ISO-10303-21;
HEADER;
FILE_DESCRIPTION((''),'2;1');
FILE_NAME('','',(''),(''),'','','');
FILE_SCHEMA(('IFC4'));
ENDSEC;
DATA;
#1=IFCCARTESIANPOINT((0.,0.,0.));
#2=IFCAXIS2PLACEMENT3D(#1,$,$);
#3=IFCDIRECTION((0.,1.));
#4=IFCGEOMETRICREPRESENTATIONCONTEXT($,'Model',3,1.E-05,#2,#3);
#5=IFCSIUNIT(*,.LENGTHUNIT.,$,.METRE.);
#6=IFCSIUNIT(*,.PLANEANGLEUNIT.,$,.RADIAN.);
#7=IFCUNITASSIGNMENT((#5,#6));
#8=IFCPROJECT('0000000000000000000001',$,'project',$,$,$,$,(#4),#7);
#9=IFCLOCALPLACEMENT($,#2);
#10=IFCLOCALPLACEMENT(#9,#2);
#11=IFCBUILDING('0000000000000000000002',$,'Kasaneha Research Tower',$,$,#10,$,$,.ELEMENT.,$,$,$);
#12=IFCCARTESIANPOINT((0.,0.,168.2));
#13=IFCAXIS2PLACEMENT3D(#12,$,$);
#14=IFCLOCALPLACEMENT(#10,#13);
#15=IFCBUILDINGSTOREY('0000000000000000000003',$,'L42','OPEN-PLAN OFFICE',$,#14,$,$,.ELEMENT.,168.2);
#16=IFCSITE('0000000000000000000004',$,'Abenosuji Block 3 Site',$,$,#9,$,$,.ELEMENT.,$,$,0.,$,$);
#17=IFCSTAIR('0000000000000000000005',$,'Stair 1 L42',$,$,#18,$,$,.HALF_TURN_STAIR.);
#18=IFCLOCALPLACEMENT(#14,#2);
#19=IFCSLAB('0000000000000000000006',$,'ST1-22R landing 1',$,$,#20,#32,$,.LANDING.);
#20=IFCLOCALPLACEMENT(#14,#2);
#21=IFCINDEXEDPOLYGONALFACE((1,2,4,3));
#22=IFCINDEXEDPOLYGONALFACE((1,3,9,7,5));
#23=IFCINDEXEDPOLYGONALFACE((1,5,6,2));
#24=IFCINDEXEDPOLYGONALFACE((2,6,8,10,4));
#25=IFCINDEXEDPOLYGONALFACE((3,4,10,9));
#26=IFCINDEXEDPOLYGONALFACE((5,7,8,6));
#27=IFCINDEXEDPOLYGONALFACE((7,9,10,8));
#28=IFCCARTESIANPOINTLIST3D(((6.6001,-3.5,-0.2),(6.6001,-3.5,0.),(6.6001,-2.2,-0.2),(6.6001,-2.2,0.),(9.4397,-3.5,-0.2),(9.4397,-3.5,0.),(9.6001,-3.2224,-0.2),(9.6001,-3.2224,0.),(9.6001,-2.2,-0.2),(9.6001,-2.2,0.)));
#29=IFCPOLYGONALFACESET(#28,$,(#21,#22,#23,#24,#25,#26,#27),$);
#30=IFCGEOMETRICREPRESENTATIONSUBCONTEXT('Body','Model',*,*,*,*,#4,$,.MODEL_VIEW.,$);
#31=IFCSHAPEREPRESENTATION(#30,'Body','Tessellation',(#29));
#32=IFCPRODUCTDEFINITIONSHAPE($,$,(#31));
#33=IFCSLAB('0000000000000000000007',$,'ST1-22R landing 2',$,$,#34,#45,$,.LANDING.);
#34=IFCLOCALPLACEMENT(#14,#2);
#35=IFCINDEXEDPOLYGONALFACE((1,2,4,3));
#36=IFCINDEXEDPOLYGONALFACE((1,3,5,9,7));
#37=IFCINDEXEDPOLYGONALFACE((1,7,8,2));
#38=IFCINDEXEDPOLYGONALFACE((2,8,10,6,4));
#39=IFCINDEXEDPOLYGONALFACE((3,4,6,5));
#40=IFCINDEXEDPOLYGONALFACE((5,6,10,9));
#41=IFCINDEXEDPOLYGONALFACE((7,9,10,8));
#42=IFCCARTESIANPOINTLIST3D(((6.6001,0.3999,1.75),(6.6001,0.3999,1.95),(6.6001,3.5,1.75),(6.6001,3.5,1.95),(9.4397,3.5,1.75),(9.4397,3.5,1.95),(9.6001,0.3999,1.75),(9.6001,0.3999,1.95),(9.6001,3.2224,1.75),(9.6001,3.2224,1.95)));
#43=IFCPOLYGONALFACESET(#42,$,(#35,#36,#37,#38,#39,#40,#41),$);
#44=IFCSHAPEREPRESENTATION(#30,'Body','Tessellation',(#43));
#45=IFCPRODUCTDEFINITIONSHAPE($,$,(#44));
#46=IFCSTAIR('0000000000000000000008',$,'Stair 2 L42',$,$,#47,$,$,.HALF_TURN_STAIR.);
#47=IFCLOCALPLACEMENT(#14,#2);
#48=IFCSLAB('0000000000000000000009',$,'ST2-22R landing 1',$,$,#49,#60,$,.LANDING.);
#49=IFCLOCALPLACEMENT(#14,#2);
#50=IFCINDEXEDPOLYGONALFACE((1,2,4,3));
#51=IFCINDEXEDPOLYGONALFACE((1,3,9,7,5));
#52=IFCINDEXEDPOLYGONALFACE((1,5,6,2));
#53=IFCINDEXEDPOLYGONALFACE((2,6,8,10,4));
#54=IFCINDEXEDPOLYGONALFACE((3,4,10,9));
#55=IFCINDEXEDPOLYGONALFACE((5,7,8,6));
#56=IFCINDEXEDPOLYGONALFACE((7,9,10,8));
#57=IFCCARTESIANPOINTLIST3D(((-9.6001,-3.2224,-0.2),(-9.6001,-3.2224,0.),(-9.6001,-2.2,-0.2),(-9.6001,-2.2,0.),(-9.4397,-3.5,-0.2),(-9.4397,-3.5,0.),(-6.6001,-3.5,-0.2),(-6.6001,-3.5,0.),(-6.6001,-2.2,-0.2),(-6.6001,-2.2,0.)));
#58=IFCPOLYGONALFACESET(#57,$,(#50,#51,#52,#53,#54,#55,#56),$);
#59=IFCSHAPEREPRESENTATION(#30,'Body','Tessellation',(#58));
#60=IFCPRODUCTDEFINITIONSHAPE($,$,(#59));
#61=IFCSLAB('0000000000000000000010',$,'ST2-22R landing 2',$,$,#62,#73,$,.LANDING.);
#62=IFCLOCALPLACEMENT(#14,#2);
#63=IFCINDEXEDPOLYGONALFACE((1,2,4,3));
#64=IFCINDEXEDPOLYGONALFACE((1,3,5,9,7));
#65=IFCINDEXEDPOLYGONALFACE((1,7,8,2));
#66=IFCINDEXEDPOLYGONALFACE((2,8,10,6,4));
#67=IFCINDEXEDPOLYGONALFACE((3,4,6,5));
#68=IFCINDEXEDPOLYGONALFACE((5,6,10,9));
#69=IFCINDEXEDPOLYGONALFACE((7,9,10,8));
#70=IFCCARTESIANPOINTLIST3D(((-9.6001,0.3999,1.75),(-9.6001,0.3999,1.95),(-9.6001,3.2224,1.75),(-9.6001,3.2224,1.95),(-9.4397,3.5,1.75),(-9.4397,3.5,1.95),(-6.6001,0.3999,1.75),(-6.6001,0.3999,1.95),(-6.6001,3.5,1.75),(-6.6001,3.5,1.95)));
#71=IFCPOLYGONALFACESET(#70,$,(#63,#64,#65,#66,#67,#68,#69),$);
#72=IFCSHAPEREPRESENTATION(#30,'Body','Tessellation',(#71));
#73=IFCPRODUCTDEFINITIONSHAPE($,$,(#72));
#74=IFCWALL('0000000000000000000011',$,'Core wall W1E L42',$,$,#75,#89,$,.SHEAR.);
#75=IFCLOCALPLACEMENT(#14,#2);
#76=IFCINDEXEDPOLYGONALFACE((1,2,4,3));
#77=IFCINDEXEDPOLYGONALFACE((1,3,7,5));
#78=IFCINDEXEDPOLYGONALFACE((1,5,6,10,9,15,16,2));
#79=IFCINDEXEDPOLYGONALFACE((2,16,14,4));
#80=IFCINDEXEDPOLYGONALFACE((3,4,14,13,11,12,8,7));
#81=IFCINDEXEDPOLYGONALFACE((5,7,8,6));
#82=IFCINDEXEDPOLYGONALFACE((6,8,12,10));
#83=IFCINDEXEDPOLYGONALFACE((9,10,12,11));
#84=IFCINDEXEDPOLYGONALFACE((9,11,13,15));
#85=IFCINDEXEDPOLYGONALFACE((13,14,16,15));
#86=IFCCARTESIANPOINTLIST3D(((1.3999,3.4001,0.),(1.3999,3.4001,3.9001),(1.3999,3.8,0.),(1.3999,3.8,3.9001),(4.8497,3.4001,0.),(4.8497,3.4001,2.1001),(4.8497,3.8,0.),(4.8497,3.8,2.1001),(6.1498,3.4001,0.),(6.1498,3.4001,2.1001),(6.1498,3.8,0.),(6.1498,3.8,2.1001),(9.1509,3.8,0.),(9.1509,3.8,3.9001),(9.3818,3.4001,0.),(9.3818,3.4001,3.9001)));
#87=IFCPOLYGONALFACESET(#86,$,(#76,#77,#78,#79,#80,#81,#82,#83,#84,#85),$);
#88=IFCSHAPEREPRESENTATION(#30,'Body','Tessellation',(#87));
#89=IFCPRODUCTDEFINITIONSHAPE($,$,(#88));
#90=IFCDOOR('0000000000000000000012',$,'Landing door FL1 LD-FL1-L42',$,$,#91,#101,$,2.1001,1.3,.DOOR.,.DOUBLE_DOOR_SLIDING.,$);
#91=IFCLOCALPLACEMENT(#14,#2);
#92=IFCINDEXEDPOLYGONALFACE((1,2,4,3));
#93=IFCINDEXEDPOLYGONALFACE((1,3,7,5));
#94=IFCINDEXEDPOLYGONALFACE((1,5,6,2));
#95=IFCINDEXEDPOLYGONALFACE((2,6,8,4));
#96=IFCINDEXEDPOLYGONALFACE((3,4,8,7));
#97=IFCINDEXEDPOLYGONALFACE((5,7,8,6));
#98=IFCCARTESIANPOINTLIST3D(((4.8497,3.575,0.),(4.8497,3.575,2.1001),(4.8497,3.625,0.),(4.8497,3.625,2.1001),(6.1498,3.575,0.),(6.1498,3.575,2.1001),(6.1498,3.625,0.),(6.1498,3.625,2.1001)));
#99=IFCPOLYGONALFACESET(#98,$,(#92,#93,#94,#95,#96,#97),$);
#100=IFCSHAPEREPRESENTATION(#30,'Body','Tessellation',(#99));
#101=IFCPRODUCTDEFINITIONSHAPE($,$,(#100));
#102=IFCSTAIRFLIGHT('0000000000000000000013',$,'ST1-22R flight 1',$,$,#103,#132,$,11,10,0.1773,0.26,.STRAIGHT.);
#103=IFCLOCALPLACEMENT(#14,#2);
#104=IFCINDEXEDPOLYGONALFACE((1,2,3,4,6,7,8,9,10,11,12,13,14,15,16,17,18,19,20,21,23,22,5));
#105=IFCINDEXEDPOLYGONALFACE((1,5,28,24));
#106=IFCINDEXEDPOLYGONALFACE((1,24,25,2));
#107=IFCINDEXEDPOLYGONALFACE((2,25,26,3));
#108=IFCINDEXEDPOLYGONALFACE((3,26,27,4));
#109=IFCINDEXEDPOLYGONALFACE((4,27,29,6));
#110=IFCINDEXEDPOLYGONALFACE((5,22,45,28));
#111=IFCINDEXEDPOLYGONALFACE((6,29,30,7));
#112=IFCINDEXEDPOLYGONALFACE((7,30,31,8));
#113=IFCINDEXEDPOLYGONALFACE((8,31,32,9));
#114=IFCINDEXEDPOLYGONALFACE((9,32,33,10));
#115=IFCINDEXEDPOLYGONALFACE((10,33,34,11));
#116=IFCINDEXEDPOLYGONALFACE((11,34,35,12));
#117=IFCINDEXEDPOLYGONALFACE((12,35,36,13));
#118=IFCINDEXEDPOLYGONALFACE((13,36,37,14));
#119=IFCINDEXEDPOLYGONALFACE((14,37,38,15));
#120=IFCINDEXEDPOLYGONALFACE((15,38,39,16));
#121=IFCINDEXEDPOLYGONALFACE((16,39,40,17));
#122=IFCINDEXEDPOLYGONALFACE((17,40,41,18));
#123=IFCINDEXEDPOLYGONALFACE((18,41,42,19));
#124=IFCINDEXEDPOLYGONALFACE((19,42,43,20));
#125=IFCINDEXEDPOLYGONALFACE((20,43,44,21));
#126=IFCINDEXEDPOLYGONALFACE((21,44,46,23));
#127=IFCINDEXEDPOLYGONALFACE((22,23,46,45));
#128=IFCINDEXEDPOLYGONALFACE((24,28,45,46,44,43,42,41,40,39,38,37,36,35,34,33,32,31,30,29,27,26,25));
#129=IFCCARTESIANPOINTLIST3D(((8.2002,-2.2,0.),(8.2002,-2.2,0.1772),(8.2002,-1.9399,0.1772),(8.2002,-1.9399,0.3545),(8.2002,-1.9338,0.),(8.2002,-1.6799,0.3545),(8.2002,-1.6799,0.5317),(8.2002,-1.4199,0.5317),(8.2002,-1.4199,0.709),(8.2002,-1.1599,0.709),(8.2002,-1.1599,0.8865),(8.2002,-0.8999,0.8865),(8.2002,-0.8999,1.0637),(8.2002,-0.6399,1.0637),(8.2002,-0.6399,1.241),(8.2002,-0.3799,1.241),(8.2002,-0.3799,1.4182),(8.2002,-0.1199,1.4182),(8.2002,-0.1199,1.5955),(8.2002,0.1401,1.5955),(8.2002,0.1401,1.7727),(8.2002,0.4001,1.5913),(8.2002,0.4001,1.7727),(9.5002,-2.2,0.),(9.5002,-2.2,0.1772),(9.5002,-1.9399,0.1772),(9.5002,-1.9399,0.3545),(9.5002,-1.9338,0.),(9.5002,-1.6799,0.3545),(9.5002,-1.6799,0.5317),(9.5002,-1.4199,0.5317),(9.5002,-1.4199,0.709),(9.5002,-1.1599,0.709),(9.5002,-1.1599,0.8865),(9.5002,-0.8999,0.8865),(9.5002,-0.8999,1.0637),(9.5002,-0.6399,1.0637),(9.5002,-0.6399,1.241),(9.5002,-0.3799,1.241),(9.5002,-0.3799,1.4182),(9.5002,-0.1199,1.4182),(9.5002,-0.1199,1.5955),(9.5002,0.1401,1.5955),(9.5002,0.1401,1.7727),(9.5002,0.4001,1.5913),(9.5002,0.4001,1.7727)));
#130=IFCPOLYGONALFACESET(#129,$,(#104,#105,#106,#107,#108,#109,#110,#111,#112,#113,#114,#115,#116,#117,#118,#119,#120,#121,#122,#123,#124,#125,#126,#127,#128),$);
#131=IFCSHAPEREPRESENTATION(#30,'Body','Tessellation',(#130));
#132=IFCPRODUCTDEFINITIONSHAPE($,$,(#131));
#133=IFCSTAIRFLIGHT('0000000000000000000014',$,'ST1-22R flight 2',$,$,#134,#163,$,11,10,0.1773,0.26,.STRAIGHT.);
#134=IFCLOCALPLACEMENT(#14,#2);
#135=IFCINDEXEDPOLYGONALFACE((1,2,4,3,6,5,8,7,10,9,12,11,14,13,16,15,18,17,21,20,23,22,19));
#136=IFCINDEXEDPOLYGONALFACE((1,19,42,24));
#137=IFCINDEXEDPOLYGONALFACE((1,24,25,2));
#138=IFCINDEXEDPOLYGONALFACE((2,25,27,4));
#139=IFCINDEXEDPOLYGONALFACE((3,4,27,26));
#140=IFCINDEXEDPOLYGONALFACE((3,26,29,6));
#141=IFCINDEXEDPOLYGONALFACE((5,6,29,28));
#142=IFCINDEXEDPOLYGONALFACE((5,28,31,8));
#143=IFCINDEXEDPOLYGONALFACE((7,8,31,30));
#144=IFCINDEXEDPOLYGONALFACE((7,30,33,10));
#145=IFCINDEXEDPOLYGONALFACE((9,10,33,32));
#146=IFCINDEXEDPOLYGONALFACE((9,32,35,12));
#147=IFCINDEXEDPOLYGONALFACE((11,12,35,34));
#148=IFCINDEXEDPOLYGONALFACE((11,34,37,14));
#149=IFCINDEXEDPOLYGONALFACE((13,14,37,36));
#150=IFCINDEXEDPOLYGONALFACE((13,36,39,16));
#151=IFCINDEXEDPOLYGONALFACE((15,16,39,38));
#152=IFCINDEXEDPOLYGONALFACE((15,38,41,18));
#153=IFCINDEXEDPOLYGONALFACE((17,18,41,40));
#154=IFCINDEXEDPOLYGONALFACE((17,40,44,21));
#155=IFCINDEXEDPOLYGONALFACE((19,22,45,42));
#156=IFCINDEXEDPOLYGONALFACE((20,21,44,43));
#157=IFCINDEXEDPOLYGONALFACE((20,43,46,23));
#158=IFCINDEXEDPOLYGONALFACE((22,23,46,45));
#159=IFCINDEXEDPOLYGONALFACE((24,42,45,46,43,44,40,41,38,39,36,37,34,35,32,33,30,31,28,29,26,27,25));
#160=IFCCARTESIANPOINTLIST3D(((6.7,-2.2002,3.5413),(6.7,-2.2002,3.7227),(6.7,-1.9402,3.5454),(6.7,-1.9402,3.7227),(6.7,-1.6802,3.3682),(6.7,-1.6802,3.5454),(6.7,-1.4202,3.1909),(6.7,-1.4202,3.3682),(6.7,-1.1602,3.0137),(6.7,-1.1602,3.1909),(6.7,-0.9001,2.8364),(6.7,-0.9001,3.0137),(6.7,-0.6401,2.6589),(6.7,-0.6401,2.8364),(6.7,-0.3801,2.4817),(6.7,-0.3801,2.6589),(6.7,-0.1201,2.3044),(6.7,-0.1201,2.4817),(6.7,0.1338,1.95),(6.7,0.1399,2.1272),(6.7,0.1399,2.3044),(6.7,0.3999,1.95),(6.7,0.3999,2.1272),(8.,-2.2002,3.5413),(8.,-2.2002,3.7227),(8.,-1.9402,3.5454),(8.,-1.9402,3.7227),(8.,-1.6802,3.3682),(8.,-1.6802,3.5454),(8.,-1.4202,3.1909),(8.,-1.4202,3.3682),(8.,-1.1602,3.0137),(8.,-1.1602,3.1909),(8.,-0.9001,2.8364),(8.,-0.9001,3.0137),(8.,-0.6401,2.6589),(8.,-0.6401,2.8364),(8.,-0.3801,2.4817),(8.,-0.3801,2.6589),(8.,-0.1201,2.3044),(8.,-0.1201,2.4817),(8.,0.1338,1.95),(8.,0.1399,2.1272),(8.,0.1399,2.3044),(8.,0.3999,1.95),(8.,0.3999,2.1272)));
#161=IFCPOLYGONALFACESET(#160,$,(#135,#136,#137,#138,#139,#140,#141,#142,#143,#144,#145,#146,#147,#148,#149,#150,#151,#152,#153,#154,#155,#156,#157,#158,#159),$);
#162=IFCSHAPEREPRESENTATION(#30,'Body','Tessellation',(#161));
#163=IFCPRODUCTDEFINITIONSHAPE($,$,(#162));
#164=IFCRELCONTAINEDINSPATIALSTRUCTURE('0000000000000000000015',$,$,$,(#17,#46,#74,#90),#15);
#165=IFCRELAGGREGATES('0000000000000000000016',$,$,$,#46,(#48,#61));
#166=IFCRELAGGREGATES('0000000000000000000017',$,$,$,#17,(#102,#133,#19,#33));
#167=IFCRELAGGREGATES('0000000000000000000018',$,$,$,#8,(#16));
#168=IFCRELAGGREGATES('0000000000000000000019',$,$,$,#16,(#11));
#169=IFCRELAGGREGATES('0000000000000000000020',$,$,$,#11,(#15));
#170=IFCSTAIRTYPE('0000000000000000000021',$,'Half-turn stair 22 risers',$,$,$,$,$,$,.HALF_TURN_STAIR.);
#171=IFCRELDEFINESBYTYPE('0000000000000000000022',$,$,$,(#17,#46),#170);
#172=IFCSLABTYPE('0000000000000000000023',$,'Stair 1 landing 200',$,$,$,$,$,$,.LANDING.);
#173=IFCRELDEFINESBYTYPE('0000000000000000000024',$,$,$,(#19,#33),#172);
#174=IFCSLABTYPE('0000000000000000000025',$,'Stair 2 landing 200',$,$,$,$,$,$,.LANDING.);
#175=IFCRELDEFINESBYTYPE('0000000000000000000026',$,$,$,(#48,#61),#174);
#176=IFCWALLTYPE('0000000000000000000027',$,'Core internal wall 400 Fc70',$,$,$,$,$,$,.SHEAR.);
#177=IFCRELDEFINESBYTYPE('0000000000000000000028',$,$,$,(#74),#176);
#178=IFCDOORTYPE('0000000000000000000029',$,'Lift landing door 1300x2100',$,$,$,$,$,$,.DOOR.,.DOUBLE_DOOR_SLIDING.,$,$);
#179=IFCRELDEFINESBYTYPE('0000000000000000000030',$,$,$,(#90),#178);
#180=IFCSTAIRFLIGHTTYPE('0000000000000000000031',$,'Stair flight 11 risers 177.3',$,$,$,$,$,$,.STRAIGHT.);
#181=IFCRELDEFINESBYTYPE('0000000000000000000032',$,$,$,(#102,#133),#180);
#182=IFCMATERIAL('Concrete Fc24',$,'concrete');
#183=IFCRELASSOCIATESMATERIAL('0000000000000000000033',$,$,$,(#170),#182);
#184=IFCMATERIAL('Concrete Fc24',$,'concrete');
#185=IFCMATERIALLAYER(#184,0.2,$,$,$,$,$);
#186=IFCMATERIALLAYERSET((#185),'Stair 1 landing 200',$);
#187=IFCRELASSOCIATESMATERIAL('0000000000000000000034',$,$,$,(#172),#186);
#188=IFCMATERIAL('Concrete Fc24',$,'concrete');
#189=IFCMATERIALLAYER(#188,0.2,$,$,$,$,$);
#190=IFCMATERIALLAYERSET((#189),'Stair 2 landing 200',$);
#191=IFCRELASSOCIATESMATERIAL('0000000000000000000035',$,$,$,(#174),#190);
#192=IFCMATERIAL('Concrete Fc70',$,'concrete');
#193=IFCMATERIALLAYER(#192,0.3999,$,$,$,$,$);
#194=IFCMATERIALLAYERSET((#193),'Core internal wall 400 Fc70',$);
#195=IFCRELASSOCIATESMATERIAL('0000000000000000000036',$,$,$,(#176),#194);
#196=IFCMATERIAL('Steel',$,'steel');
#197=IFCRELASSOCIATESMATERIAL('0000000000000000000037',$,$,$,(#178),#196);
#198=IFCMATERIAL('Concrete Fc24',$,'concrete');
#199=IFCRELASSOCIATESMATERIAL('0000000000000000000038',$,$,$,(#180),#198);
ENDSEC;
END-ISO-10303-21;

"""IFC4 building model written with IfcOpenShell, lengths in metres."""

from ifc_helpers import new_model, si_unit, direction, frame, frame_2d, origin, place, context, subcontext, project, spatial, polyline, rectangle, outline, extrude, material, layer, layer_set, type_object, element, fill, aggregate, save


model = new_model("IFC4")

# Units and contexts
model_context = context("Model", 3, precision=1e-05, world=origin(), true_north=direction((0.0, 1.0)))
body_context = subcontext(model_context, "Body", "Model", "MODEL_VIEW")
ifc_project = project(units=[si_unit("LENGTHUNIT", "METRE"), si_unit("PLANEANGLEUNIT", "RADIAN")], contexts=[model_context])

# Site, building, storey
site_placement = place(None, origin())
site = spatial("IfcSite", under=ifc_project, at=site_placement, Name="Abenosuji Block 3 Site", CompositionType="ELEMENT", RefElevation=0.0)
building_placement = place(site_placement, origin())
building = spatial("IfcBuilding", under=site, at=building_placement, Name="Kasaneha Research Tower", CompositionType="ELEMENT")
storey_placement = place(building_placement, frame((0.0, 0.0, 168.2)))
storey = spatial("IfcBuildingStorey", under=building, at=storey_placement, Name="L42", Description="OPEN-PLAN OFFICE", CompositionType="ELEMENT", Elevation=168.2)

# Stairs, slabs
ifc_material_1 = material(Name="Concrete Fc24", Category="concrete")
stair_type = type_object("IfcStairType", Name="Half-turn stair 22 risers", PredefinedType="HALF_TURN_STAIR", material=ifc_material_1)
stair_1_placement = place(storey_placement, origin())
stair_1 = element("IfcStair", 1, at=stair_1_placement, inside=storey, type_object=stair_type, Name="Stair 1 L42", PredefinedType="HALF_TURN_STAIR")
ifc_material_2 = material(Name="Concrete Fc24", Category="concrete")
ifc_layer_1 = layer(ifc_material_2, 0.2)
ifc_layer_set_1 = layer_set([ifc_layer_1], Name="Stair 1 landing 200")
slab_type_1 = type_object("IfcSlabType", Name="Stair 1 landing 200", PredefinedType="LANDING", material=ifc_layer_set_1)
slab_1_placement = place(storey_placement, frame((0.0, 0.0, -0.2)))
slab_1 = element("IfcSlab", 2, at=slab_1_placement, type_object=slab_type_1, Name="ST1-22R landing 1", PredefinedType="LANDING", context=body_context, shape_type="SweptSolid", body=[
    extrude(outline(polyline([(9.4397, -3.5), (6.6001, -3.5), (6.6001, -2.2), (9.6001, -2.2), (9.6001, -3.2224), (9.4397, -3.5)])), origin(), (0.0, 0.0, 1.0), 0.2),
])
slab_2_placement = place(storey_placement, frame((0.0, 0.0, 1.75)))
slab_2 = element("IfcSlab", 3, at=slab_2_placement, type_object=slab_type_1, Name="ST1-22R landing 2", PredefinedType="LANDING", context=body_context, shape_type="SweptSolid", body=[
    extrude(outline(polyline([(6.6001, 3.5), (9.4397, 3.5), (9.6001, 3.2224), (9.6001, 0.3999), (6.6001, 0.3999), (6.6001, 3.5)])), origin(), (0.0, 0.0, 1.0), 0.2),
])
stair_2_placement = place(storey_placement, origin())
stair_2 = element("IfcStair", 4, at=stair_2_placement, inside=storey, type_object=stair_type, Name="Stair 2 L42", PredefinedType="HALF_TURN_STAIR")
ifc_material_3 = material(Name="Concrete Fc24", Category="concrete")
ifc_layer_2 = layer(ifc_material_3, 0.2)
ifc_layer_set_2 = layer_set([ifc_layer_2], Name="Stair 2 landing 200")
slab_type_2 = type_object("IfcSlabType", Name="Stair 2 landing 200", PredefinedType="LANDING", material=ifc_layer_set_2)
slab_3_placement = place(storey_placement, frame((0.0, 0.0, -0.2)))
slab_3 = element("IfcSlab", 5, at=slab_3_placement, type_object=slab_type_2, Name="ST2-22R landing 1", PredefinedType="LANDING", context=body_context, shape_type="SweptSolid", body=[
    extrude(outline(polyline([(-6.6001, -3.5), (-9.4397, -3.5), (-9.6001, -3.2224), (-9.6001, -2.2), (-6.6001, -2.2), (-6.6001, -3.5)])), origin(), (0.0, 0.0, 1.0), 0.2),
])
slab_4_placement = place(storey_placement, frame((0.0, 0.0, 1.75)))
slab_4 = element("IfcSlab", 6, at=slab_4_placement, type_object=slab_type_2, Name="ST2-22R landing 2", PredefinedType="LANDING", context=body_context, shape_type="SweptSolid", body=[
    extrude(outline(polyline([(-6.6001, 0.3999), (-9.6001, 0.3999), (-9.6001, 3.2224), (-9.4397, 3.5), (-6.6001, 3.5), (-6.6001, 0.3999)])), origin(), (0.0, 0.0, 1.0), 0.2),
])
aggregate(stair_2, [slab_3, slab_4])

# Wall, opening, door
ifc_material_4 = material(Name="Concrete Fc70", Category="concrete")
ifc_layer_3 = layer(ifc_material_4, 0.3999)
ifc_layer_set_3 = layer_set([ifc_layer_3], Name="Core internal wall 400 Fc70")
wall_type = type_object("IfcWallType", Name="Core internal wall 400 Fc70", PredefinedType="SHEAR", material=ifc_layer_set_3)
wall_placement = place(storey_placement, frame((1.3999, 3.6001, 0.0), z_axis=(0.0, 0.0, 1.0), x_axis=(1.0, 0.0, 0.0)))
wall = element("IfcWall", 7, at=wall_placement, inside=storey, type_object=wall_type, Name="Core wall W1E L42", PredefinedType="SHEAR", context=body_context, shape_type="SweptSolid", body=[
    extrude(outline(polyline([(0.0, -0.2), (3.45, -0.2), (4.75, -0.2), (7.9819, -0.2), (7.751, 0.2), (4.75, 0.2), (3.45, 0.2), (0.0, 0.2), (0.0, -0.2)])), origin(), (0.0, 0.0, 1.0), 3.9001),
])
opening_placement = place(wall_placement, frame((3.45, 0.0, 0.0)))
opening = element("IfcOpeningElement", 8, at=opening_placement, cuts=wall, PredefinedType="OPENING", context=body_context, shape_type="SweptSolid", body=[
    extrude(rectangle(XDim=1.3, YDim=2.1001, at=frame_2d((0.6499, 1.05))), frame((0.0, 0.21, 0.0), z_axis=(0.0, -1.0, 0.0), x_axis=(1.0, 0.0, 0.0)), (0.0, 0.0, 1.0), 0.4199),
])
ifc_material_5 = material(Name="Steel", Category="steel")
door_type = type_object("IfcDoorType", Name="Lift landing door 1300x2100", OperationType="DOUBLE_DOOR_SLIDING", PredefinedType="DOOR", material=ifc_material_5)
door_placement = place(opening_placement, origin())
door = element("IfcDoor", 9, at=door_placement, inside=storey, type_object=door_type, Name="Landing door FL1 LD-FL1-L42", OperationType="DOUBLE_DOOR_SLIDING", OverallHeight=2.1001, OverallWidth=1.3, PredefinedType="DOOR", context=body_context, shape_type="SweptSolid", body=[
    extrude(rectangle(XDim=1.3, YDim=2.1001, at=frame_2d((0.6499, 1.05))), frame((0.0, 0.0249, 0.0), z_axis=(0.0, -1.0, 0.0), x_axis=(1.0, 0.0, 0.0)), (0.0, 0.0, 1.0), 0.05),
])
fill(opening, door)

# Stair flights
ifc_material_6 = material(Name="Concrete Fc24", Category="concrete")
stair_flight_type = type_object("IfcStairFlightType", Name="Stair flight 11 risers 177.3", PredefinedType="STRAIGHT", material=ifc_material_6)
stair_flight_1_placement = place(storey_placement, frame((8.8501, -2.2, 0.0), z_axis=(0.0, 0.0, 1.0), x_axis=(0.0, 1.0, 0.0)))
stair_flight_1 = element("IfcStairFlight", 10, at=stair_flight_1_placement, type_object=stair_flight_type, Name="ST1-22R flight 1", NumberOfRisers=11, NumberOfTreads=10, PredefinedType="STRAIGHT", RiserHeight=0.1773, TreadLength=0.26, context=body_context, shape_type="SweptSolid", body=[
    extrude(outline(polyline([(0.0, 0.0), (0.0, 0.1772), (0.26, 0.1772), (0.26, 0.3545), (0.52, 0.3545), (0.52, 0.5317), (0.78, 0.5317), (0.78, 0.709), (1.04, 0.709), (1.04, 0.8865), (1.3, 0.8865), (1.3, 1.0637), (1.5601, 1.0637), (1.5601, 1.241), (1.8201, 1.241), (1.8201, 1.4182), (2.0801, 1.4182), (2.0801, 1.5955), (2.3401, 1.5955), (2.3401, 1.7727), (2.6001, 1.7727), (2.6001, 1.95), (2.6001, 1.5913), (0.2661, 0.0), (0.0, 0.0)])), frame((0.0, 0.6499, 0.0), z_axis=(0.0, -1.0, 0.0), x_axis=(1.0, 0.0, 0.0)), (0.0, 0.0, 1.0), 1.3),
])
stair_flight_2_placement = place(storey_placement, frame((7.3501, 0.3999, 1.95), z_axis=(0.0, 0.0, 1.0), x_axis=(0.0, -1.0, 0.0)))
stair_flight_2 = element("IfcStairFlight", 11, at=stair_flight_2_placement, type_object=stair_flight_type, Name="ST1-22R flight 2", NumberOfRisers=11, NumberOfTreads=10, PredefinedType="STRAIGHT", RiserHeight=0.1773, TreadLength=0.26, context=body_context, shape_type="SweptSolid", body=[
    extrude(outline(polyline([(0.0, 0.0), (0.0, 0.1772), (0.26, 0.1772), (0.26, 0.3545), (0.52, 0.3545), (0.52, 0.5317), (0.78, 0.5317), (0.78, 0.709), (1.04, 0.709), (1.04, 0.8865), (1.3, 0.8865), (1.3, 1.0637), (1.5601, 1.0637), (1.5601, 1.241), (1.8201, 1.241), (1.8201, 1.4182), (2.0801, 1.4182), (2.0801, 1.5955), (2.3401, 1.5955), (2.3401, 1.7727), (2.6001, 1.7727), (2.6001, 1.95), (2.6001, 1.5913), (0.2661, 0.0), (0.0, 0.0)])), frame((0.0, 0.6499, 0.0), z_axis=(0.0, -1.0, 0.0), x_axis=(1.0, 0.0, 0.0)), (0.0, 0.0, 1.0), 1.3),
])
aggregate(stair_1, [stair_flight_1, stair_flight_2, slab_1, slab_2])

save(model, "model.ifc")
